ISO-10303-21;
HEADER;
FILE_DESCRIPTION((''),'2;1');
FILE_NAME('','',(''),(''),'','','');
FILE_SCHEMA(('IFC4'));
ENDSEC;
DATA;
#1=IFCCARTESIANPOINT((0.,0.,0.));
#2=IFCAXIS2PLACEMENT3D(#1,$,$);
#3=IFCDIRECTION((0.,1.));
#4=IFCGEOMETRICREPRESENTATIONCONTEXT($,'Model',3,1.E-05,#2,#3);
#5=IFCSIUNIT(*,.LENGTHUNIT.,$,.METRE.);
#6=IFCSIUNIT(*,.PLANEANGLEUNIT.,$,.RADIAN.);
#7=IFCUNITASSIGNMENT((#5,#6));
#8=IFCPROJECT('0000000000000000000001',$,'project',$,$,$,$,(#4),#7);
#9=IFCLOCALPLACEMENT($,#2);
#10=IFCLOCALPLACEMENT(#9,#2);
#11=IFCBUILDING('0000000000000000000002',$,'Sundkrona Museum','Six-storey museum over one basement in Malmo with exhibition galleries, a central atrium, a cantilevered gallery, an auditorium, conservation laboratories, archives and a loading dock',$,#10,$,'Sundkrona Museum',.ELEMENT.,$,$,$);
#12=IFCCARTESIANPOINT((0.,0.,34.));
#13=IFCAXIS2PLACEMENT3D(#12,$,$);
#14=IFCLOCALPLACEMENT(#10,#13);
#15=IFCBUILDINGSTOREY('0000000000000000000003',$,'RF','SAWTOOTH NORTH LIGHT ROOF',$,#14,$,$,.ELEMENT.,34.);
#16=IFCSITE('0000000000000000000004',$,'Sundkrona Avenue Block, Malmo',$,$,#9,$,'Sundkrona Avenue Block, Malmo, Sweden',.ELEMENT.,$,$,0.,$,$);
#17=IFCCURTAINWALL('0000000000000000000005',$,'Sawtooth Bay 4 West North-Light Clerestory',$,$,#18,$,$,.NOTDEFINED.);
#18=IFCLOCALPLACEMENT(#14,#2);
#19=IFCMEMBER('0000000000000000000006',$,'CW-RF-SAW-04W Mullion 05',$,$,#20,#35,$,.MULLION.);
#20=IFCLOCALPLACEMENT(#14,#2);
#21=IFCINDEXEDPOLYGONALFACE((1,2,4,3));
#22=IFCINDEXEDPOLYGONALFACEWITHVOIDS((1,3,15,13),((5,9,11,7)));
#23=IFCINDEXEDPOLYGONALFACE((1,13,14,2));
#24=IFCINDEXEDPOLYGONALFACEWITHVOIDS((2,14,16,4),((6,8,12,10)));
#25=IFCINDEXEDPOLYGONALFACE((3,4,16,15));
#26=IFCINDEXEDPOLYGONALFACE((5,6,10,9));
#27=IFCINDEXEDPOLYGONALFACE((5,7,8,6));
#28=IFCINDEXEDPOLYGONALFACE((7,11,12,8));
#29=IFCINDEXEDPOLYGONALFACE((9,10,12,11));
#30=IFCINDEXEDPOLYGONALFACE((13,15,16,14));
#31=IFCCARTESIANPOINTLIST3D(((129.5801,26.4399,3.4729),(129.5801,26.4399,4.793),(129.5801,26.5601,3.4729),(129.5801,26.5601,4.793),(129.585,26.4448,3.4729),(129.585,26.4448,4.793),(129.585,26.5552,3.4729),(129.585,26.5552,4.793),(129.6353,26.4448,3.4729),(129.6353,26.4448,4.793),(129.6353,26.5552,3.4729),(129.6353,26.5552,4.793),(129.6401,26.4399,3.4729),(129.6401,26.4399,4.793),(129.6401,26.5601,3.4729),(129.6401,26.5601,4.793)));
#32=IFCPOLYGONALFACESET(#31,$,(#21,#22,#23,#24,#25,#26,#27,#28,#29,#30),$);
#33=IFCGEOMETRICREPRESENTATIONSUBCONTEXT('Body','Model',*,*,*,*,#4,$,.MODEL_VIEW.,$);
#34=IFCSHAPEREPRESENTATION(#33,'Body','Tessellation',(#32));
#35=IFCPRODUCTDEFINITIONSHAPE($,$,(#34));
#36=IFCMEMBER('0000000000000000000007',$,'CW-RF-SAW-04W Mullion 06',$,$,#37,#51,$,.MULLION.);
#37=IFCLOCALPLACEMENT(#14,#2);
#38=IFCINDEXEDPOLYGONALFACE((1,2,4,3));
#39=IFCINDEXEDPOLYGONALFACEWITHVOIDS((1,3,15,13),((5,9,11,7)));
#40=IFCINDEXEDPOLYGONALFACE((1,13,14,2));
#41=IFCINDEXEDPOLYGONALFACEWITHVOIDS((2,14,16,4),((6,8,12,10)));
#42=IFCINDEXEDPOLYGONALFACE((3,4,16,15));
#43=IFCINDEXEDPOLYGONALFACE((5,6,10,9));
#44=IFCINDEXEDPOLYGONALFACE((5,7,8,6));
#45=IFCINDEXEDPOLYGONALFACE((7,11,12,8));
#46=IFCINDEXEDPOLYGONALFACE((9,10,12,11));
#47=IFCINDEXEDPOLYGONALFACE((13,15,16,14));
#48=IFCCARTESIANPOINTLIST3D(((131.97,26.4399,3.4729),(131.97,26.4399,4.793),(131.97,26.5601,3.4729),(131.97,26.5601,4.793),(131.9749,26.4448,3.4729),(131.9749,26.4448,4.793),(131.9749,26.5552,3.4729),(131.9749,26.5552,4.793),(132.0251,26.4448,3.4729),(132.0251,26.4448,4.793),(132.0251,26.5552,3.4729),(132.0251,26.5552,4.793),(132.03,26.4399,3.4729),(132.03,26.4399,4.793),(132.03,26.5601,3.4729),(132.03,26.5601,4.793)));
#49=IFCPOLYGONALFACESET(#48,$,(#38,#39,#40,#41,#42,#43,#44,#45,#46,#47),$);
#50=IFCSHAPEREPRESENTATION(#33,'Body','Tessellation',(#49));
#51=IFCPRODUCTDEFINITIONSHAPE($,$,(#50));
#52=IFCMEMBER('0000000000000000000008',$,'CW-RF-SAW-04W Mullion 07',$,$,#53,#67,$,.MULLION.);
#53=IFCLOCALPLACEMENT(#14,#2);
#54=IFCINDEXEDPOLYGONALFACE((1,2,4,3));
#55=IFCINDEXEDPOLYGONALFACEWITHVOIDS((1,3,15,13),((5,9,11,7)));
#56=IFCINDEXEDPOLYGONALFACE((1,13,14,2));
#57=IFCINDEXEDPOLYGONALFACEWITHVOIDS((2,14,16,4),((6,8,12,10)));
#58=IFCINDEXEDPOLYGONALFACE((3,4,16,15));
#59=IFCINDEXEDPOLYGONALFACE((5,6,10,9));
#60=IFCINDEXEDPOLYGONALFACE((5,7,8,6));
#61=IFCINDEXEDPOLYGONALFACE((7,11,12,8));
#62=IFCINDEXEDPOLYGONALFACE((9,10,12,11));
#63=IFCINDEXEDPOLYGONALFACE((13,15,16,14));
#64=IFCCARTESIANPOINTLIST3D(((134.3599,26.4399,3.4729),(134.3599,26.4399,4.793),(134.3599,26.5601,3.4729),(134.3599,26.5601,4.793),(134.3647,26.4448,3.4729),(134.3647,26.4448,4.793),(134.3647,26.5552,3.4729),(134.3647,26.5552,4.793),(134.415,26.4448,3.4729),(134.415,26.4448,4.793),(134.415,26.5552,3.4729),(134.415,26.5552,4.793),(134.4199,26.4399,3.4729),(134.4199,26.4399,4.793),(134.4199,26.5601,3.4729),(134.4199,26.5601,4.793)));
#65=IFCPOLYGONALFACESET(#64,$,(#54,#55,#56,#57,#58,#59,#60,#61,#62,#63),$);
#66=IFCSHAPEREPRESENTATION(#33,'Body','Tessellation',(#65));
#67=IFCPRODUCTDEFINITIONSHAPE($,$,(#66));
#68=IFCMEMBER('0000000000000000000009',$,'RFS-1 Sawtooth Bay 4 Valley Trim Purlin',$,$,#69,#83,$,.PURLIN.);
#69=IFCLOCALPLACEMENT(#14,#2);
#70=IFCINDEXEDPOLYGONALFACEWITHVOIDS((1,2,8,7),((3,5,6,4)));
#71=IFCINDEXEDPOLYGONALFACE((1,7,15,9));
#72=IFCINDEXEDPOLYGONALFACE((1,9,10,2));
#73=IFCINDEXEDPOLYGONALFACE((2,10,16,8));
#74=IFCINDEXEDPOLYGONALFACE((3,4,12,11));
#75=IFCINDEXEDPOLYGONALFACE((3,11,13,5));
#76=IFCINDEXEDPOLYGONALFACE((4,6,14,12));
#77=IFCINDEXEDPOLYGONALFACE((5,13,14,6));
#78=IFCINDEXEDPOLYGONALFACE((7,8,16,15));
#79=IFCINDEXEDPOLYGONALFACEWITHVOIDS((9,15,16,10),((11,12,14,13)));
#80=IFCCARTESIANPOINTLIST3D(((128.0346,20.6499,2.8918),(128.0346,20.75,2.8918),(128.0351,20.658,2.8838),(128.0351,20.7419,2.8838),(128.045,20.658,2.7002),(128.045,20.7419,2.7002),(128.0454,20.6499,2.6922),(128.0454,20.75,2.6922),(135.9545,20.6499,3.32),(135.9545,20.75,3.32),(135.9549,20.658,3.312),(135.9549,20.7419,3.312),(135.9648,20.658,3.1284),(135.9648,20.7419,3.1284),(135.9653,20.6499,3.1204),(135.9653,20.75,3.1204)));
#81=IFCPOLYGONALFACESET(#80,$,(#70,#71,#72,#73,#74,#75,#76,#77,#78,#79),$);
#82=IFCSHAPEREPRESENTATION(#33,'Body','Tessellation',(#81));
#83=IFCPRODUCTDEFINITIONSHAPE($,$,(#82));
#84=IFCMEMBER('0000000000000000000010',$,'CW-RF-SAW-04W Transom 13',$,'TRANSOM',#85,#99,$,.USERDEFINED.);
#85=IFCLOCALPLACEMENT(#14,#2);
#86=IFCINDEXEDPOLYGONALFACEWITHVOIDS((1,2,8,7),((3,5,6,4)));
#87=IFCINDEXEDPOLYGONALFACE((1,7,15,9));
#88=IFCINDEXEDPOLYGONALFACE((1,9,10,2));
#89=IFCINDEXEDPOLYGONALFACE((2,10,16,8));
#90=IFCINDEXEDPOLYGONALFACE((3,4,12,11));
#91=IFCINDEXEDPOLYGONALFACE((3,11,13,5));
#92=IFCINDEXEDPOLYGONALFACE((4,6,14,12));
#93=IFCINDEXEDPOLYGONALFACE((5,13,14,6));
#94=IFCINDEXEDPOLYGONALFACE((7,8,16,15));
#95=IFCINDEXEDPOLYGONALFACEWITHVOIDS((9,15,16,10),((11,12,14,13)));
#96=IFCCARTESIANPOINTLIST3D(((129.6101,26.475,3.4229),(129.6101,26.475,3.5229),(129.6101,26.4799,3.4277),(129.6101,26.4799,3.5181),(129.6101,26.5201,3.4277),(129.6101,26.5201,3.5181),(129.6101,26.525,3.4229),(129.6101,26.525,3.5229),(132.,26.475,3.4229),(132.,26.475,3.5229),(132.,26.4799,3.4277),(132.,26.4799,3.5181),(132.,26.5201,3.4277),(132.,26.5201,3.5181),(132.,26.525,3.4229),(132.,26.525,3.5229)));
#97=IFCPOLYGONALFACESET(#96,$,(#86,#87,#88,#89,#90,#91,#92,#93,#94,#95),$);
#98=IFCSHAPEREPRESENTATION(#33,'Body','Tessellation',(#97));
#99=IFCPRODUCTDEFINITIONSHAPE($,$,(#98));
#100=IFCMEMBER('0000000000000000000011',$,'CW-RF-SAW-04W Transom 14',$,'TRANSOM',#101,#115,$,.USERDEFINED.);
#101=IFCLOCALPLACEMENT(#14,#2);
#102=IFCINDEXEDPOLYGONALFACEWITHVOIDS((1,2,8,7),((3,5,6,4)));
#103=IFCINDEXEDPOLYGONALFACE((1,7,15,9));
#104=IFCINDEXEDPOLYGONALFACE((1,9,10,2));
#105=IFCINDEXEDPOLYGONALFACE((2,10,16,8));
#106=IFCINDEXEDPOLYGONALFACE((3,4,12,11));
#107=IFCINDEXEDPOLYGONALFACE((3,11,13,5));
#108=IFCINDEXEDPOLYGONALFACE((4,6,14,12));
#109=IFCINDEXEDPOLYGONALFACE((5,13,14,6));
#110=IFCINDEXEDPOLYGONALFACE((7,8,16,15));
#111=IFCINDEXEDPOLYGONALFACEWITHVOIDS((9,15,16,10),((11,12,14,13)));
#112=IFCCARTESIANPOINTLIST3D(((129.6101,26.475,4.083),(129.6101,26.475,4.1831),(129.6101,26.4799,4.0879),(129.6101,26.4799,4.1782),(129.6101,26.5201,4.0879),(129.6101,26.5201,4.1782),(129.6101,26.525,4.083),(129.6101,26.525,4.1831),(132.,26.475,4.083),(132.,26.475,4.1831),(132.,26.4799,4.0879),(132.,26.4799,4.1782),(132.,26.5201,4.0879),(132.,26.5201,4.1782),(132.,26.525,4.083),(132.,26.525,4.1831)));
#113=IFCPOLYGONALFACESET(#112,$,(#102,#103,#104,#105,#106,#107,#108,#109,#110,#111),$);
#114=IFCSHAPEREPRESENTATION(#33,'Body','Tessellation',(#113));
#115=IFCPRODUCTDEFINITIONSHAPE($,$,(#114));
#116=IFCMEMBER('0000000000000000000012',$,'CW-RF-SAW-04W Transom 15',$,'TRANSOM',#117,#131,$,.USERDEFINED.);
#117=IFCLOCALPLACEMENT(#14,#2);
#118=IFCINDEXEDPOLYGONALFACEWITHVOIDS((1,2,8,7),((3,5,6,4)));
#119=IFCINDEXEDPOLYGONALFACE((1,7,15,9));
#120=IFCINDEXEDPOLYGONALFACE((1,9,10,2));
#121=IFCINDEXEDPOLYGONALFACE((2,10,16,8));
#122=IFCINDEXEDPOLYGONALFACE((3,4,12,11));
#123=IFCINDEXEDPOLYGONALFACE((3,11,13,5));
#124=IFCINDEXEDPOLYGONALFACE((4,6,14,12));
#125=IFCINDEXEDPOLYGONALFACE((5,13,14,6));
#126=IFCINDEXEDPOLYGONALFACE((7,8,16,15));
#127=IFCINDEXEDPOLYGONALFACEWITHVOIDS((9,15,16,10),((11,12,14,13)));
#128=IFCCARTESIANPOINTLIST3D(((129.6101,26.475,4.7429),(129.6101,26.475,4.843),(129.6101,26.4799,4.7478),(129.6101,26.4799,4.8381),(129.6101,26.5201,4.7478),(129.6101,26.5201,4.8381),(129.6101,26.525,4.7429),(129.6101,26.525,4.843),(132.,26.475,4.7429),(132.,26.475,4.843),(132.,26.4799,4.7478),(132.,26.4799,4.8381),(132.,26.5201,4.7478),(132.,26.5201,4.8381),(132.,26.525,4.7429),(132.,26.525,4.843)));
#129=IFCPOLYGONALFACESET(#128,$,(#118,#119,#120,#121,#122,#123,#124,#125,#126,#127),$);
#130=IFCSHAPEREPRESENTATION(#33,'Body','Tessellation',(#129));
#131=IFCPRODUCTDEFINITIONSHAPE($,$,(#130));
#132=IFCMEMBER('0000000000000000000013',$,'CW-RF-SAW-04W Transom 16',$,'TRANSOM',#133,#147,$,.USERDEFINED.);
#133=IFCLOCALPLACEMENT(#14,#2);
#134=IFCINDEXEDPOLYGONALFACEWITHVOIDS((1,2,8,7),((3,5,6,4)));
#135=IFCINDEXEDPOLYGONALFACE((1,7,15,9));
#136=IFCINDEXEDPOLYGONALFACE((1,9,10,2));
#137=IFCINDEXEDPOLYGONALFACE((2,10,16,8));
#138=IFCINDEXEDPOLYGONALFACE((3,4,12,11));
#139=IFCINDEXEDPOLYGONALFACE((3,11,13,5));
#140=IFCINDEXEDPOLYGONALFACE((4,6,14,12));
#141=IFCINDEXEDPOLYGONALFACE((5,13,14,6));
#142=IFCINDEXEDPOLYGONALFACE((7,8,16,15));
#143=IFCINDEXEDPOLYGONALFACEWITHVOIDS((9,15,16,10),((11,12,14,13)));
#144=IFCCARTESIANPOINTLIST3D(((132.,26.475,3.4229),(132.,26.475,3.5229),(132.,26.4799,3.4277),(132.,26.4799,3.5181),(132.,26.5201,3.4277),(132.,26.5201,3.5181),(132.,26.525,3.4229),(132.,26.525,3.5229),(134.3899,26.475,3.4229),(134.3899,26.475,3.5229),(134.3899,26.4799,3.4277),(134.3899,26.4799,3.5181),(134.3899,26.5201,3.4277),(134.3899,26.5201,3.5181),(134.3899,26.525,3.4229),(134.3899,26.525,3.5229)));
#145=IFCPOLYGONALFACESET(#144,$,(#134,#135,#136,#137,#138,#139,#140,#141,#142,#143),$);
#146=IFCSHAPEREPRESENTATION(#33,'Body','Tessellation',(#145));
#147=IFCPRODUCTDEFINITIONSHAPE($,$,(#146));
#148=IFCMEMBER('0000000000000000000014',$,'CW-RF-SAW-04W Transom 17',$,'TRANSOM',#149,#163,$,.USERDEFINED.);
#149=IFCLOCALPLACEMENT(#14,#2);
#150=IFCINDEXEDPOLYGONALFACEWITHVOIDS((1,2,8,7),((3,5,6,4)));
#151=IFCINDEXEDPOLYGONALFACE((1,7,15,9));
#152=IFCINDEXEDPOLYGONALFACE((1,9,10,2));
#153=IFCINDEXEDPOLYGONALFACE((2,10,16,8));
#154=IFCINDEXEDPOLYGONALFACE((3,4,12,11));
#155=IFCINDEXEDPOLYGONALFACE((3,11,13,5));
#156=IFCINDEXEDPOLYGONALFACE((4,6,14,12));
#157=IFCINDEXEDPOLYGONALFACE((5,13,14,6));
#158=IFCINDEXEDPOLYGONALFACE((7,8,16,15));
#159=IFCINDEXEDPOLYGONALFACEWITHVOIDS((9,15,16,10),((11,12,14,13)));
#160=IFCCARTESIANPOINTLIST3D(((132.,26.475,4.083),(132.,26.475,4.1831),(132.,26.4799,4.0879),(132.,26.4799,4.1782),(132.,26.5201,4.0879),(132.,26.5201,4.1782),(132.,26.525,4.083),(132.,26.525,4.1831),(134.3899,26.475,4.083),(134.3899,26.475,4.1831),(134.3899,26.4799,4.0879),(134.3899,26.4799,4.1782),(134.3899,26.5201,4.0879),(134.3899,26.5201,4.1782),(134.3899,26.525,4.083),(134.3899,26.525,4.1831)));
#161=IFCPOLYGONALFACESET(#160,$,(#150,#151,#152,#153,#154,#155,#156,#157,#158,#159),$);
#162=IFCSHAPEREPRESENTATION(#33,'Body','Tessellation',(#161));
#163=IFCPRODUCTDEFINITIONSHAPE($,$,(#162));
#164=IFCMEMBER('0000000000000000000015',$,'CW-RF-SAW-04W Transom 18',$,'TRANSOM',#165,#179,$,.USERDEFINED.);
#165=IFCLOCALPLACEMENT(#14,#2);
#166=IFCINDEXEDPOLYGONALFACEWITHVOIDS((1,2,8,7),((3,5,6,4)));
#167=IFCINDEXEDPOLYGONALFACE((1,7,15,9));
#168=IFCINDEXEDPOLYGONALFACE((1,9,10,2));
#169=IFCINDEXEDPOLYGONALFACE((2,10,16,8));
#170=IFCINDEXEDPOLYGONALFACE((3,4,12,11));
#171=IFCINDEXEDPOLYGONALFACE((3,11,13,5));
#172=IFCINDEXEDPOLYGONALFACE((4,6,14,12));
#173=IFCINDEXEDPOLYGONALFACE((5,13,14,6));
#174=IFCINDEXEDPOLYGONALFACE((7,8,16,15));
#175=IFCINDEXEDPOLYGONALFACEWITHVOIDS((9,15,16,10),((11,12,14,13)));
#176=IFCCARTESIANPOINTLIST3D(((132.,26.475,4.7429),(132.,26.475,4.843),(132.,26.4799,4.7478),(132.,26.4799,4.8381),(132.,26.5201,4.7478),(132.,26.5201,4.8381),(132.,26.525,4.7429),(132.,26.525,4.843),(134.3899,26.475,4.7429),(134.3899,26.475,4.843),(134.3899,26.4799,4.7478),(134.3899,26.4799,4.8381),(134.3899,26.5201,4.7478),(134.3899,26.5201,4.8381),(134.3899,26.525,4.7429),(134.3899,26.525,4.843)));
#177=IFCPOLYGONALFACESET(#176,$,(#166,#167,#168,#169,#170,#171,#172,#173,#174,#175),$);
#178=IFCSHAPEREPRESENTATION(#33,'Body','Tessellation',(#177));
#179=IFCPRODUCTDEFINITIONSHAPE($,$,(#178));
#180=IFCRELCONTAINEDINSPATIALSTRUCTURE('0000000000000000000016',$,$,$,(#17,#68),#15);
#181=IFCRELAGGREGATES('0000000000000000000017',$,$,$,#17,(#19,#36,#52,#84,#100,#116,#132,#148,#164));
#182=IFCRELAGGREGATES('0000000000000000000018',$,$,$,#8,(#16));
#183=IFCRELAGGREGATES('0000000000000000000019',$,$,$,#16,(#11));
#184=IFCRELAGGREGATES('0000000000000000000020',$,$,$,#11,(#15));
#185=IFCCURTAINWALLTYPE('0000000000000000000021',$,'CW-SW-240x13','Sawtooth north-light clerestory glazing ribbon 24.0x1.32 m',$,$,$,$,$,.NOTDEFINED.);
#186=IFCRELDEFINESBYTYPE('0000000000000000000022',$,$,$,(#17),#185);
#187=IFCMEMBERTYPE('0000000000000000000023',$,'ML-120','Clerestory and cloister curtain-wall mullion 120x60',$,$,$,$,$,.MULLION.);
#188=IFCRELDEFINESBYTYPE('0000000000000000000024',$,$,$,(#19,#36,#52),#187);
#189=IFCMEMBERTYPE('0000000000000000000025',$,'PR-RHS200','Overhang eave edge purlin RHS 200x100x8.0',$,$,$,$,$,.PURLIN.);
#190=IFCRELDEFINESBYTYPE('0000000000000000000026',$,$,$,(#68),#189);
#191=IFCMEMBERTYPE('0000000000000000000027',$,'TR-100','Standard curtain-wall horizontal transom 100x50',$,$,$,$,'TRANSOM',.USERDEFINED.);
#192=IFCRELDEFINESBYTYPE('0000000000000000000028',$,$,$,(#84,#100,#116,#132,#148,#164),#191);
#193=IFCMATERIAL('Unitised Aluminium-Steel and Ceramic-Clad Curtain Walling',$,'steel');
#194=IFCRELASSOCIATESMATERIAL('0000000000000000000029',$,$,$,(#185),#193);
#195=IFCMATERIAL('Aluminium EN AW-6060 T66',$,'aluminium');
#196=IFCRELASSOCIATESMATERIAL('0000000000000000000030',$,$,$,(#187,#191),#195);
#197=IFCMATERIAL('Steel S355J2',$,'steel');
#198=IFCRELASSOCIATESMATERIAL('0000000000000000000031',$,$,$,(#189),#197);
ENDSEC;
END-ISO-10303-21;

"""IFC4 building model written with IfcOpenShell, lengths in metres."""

from ifc_helpers import new_model, si_unit, direction, frame, origin, origin_2d, place, context, subcontext, project, spatial, hollow_rectangle, extrude, material, material_profile, profile_set, type_object, element, aggregate, save


model = new_model("IFC4")

# Units and contexts
model_context = context("Model", 3, precision=1e-05, world=origin(), true_north=direction((0.0, 1.0)))
body_context = subcontext(model_context, "Body", "Model", "MODEL_VIEW")
ifc_project = project(units=[si_unit("LENGTHUNIT", "METRE"), si_unit("PLANEANGLEUNIT", "RADIAN")], contexts=[model_context])

# Site, building, storey
site_placement = place(None, origin())
site = spatial("IfcSite", under=ifc_project, at=site_placement, Name="Sundkrona Avenue Block, Malmo", LongName="Sundkrona Avenue Block, Malmo, Sweden", CompositionType="ELEMENT", RefElevation=0.0)
building_placement = place(site_placement, origin())
building = spatial("IfcBuilding", under=site, at=building_placement, Name="Sundkrona Museum", Description="Six-storey museum over one basement in Malmo with exhibition galleries, a central atrium, a cantilevered gallery, an auditorium, conservation laboratories, archives and a loading dock", LongName="Sundkrona Museum", CompositionType="ELEMENT")
storey_placement = place(building_placement, frame((0.0, 0.0, 34.0)))
storey = spatial("IfcBuildingStorey", under=building, at=storey_placement, Name="RF", Description="SAWTOOTH NORTH LIGHT ROOF", CompositionType="ELEMENT", Elevation=34.0)

# Curtain wall, members
ifc_material_1 = material(Name="Unitised Aluminium-Steel and Ceramic-Clad Curtain Walling", Category="steel")
curtain_wall_type = type_object("IfcCurtainWallType", Name="CW-SW-240x13", Description="Sawtooth north-light clerestory glazing ribbon 24.0x1.32 m", PredefinedType="NOTDEFINED", material=ifc_material_1)
curtain_wall_placement = place(storey_placement, origin())
curtain_wall = element("IfcCurtainWall", 1, at=curtain_wall_placement, inside=storey, type_object=curtain_wall_type, Name="Sawtooth Bay 4 West North-Light Clerestory", PredefinedType="NOTDEFINED")
ifc_material_2 = material(Name="Aluminium EN AW-6060 T66", Category="aluminium")
ifc_material_profile_1 = material_profile(ifc_material_2, hollow_rectangle(XDim=0.0601, YDim=0.1201, WallThickness=0.0049, at=origin_2d()), Name="RHS 120x60x5.0")
ifc_profile_set_1 = profile_set([ifc_material_profile_1], Name="Aluminium EN AW-6060 T66")
member_type_1 = type_object("IfcMemberType", Name="ML-120", Description="Clerestory and cloister curtain-wall mullion 120x60", PredefinedType="MULLION", material=ifc_profile_set_1)
member_1_placement = place(storey_placement, frame((129.6101, 26.5, 3.4729), z_axis=(0.0, 0.0, 1.0), x_axis=(1.0, 0.0, 0.0)))
member_1 = element("IfcMember", 2, at=member_1_placement, type_object=member_type_1, Name="CW-RF-SAW-04W Mullion 05", PredefinedType="MULLION", context=body_context, shape_type="SweptSolid", body=[
    extrude(hollow_rectangle(XDim=0.0601, YDim=0.1201, WallThickness=0.0049, at=origin_2d()), origin(), (0.0, 0.0, 1.0), 1.3201),
])
member_2_placement = place(storey_placement, frame((132.0, 26.5, 3.4729), z_axis=(0.0, 0.0, 1.0), x_axis=(1.0, 0.0, 0.0)))
member_2 = element("IfcMember", 3, at=member_2_placement, type_object=member_type_1, Name="CW-RF-SAW-04W Mullion 06", PredefinedType="MULLION", context=body_context, shape_type="SweptSolid", body=[
    extrude(hollow_rectangle(XDim=0.0601, YDim=0.1201, WallThickness=0.0049, at=origin_2d()), origin(), (0.0, 0.0, 1.0), 1.3201),
])
member_3_placement = place(storey_placement, frame((134.3899, 26.5, 3.4729), z_axis=(0.0, 0.0, 1.0), x_axis=(1.0, 0.0, 0.0)))
member_3 = element("IfcMember", 4, at=member_3_placement, type_object=member_type_1, Name="CW-RF-SAW-04W Mullion 07", PredefinedType="MULLION", context=body_context, shape_type="SweptSolid", body=[
    extrude(hollow_rectangle(XDim=0.0601, YDim=0.1201, WallThickness=0.0049, at=origin_2d()), origin(), (0.0, 0.0, 1.0), 1.3201),
])

# Members
ifc_material_3 = material(Name="Steel S355J2", Category="steel")
ifc_material_profile_2 = material_profile(ifc_material_3, hollow_rectangle(XDim=0.1001, YDim=0.2, WallThickness=0.0081, at=origin_2d()), Name="RHS 200x100x8.0")
ifc_profile_set_2 = profile_set([ifc_material_profile_2], Name="Steel S355J2")
member_type_2 = type_object("IfcMemberType", Name="PR-RHS200", Description="Overhang eave edge purlin RHS 200x100x8.0", PredefinedType="PURLIN", material=ifc_profile_set_2)
member_4_placement = place(storey_placement, frame((128.04, 20.7, 2.792), z_axis=(0.998541, 0.0, 0.05399), x_axis=(0.0, 1.0, 0.0)))
element("IfcMember", 5, at=member_4_placement, inside=storey, type_object=member_type_2, Name="RFS-1 Sawtooth Bay 4 Valley Trim Purlin", PredefinedType="PURLIN", context=body_context, shape_type="SweptSolid", body=[
    extrude(hollow_rectangle(XDim=0.1001, YDim=0.2, WallThickness=0.0081, at=origin_2d()), origin(), (0.0, 0.0, 1.0), 7.9314),
])
ifc_material_profile_3 = material_profile(ifc_material_2, hollow_rectangle(XDim=0.05, YDim=0.1001, WallThickness=0.0049, at=origin_2d()), Name="RHS 100x50x5.0")
ifc_profile_set_3 = profile_set([ifc_material_profile_3], Name="Aluminium EN AW-6060 T66")
member_type_3 = type_object("IfcMemberType", Name="TR-100", Description="Standard curtain-wall horizontal transom 100x50", ElementType="TRANSOM", PredefinedType="USERDEFINED", material=ifc_profile_set_3)
member_5_placement = place(storey_placement, frame((129.6101, 26.5, 3.4729), z_axis=(1.0, 0.0, 0.0), x_axis=(0.0, 1.0, 0.0)))
member_5 = element("IfcMember", 6, at=member_5_placement, type_object=member_type_3, Name="CW-RF-SAW-04W Transom 13", ObjectType="TRANSOM", PredefinedType="USERDEFINED", context=body_context, shape_type="SweptSolid", body=[
    extrude(hollow_rectangle(XDim=0.05, YDim=0.1001, WallThickness=0.0049, at=origin_2d()), origin(), (0.0, 0.0, 1.0), 2.3899),
])
member_6_placement = place(storey_placement, frame((129.6101, 26.5, 4.1331), z_axis=(1.0, 0.0, 0.0), x_axis=(0.0, 1.0, 0.0)))
member_6 = element("IfcMember", 7, at=member_6_placement, type_object=member_type_3, Name="CW-RF-SAW-04W Transom 14", ObjectType="TRANSOM", PredefinedType="USERDEFINED", context=body_context, shape_type="SweptSolid", body=[
    extrude(hollow_rectangle(XDim=0.05, YDim=0.1001, WallThickness=0.0049, at=origin_2d()), origin(), (0.0, 0.0, 1.0), 2.3899),
])
member_7_placement = place(storey_placement, frame((129.6101, 26.5, 4.793), z_axis=(1.0, 0.0, 0.0), x_axis=(0.0, 1.0, 0.0)))
member_7 = element("IfcMember", 8, at=member_7_placement, type_object=member_type_3, Name="CW-RF-SAW-04W Transom 15", ObjectType="TRANSOM", PredefinedType="USERDEFINED", context=body_context, shape_type="SweptSolid", body=[
    extrude(hollow_rectangle(XDim=0.05, YDim=0.1001, WallThickness=0.0049, at=origin_2d()), origin(), (0.0, 0.0, 1.0), 2.3899),
])
member_8_placement = place(storey_placement, frame((132.0, 26.5, 3.4729), z_axis=(1.0, 0.0, 0.0), x_axis=(0.0, 1.0, 0.0)))
member_8 = element("IfcMember", 9, at=member_8_placement, type_object=member_type_3, Name="CW-RF-SAW-04W Transom 16", ObjectType="TRANSOM", PredefinedType="USERDEFINED", context=body_context, shape_type="SweptSolid", body=[
    extrude(hollow_rectangle(XDim=0.05, YDim=0.1001, WallThickness=0.0049, at=origin_2d()), origin(), (0.0, 0.0, 1.0), 2.3899),
])
member_9_placement = place(storey_placement, frame((132.0, 26.5, 4.1331), z_axis=(1.0, 0.0, 0.0), x_axis=(0.0, 1.0, 0.0)))
member_9 = element("IfcMember", 10, at=member_9_placement, type_object=member_type_3, Name="CW-RF-SAW-04W Transom 17", ObjectType="TRANSOM", PredefinedType="USERDEFINED", context=body_context, shape_type="SweptSolid", body=[
    extrude(hollow_rectangle(XDim=0.05, YDim=0.1001, WallThickness=0.0049, at=origin_2d()), origin(), (0.0, 0.0, 1.0), 2.3899),
])
member_10_placement = place(storey_placement, frame((132.0, 26.5, 4.793), z_axis=(1.0, 0.0, 0.0), x_axis=(0.0, 1.0, 0.0)))
member_10 = element("IfcMember", 11, at=member_10_placement, type_object=member_type_3, Name="CW-RF-SAW-04W Transom 18", ObjectType="TRANSOM", PredefinedType="USERDEFINED", context=body_context, shape_type="SweptSolid", body=[
    extrude(hollow_rectangle(XDim=0.05, YDim=0.1001, WallThickness=0.0049, at=origin_2d()), origin(), (0.0, 0.0, 1.0), 2.3899),
])

aggregate(curtain_wall, [member_1, member_2, member_3, member_5, member_6, member_7, member_8, member_9, member_10])

save(model, "model.ifc")
